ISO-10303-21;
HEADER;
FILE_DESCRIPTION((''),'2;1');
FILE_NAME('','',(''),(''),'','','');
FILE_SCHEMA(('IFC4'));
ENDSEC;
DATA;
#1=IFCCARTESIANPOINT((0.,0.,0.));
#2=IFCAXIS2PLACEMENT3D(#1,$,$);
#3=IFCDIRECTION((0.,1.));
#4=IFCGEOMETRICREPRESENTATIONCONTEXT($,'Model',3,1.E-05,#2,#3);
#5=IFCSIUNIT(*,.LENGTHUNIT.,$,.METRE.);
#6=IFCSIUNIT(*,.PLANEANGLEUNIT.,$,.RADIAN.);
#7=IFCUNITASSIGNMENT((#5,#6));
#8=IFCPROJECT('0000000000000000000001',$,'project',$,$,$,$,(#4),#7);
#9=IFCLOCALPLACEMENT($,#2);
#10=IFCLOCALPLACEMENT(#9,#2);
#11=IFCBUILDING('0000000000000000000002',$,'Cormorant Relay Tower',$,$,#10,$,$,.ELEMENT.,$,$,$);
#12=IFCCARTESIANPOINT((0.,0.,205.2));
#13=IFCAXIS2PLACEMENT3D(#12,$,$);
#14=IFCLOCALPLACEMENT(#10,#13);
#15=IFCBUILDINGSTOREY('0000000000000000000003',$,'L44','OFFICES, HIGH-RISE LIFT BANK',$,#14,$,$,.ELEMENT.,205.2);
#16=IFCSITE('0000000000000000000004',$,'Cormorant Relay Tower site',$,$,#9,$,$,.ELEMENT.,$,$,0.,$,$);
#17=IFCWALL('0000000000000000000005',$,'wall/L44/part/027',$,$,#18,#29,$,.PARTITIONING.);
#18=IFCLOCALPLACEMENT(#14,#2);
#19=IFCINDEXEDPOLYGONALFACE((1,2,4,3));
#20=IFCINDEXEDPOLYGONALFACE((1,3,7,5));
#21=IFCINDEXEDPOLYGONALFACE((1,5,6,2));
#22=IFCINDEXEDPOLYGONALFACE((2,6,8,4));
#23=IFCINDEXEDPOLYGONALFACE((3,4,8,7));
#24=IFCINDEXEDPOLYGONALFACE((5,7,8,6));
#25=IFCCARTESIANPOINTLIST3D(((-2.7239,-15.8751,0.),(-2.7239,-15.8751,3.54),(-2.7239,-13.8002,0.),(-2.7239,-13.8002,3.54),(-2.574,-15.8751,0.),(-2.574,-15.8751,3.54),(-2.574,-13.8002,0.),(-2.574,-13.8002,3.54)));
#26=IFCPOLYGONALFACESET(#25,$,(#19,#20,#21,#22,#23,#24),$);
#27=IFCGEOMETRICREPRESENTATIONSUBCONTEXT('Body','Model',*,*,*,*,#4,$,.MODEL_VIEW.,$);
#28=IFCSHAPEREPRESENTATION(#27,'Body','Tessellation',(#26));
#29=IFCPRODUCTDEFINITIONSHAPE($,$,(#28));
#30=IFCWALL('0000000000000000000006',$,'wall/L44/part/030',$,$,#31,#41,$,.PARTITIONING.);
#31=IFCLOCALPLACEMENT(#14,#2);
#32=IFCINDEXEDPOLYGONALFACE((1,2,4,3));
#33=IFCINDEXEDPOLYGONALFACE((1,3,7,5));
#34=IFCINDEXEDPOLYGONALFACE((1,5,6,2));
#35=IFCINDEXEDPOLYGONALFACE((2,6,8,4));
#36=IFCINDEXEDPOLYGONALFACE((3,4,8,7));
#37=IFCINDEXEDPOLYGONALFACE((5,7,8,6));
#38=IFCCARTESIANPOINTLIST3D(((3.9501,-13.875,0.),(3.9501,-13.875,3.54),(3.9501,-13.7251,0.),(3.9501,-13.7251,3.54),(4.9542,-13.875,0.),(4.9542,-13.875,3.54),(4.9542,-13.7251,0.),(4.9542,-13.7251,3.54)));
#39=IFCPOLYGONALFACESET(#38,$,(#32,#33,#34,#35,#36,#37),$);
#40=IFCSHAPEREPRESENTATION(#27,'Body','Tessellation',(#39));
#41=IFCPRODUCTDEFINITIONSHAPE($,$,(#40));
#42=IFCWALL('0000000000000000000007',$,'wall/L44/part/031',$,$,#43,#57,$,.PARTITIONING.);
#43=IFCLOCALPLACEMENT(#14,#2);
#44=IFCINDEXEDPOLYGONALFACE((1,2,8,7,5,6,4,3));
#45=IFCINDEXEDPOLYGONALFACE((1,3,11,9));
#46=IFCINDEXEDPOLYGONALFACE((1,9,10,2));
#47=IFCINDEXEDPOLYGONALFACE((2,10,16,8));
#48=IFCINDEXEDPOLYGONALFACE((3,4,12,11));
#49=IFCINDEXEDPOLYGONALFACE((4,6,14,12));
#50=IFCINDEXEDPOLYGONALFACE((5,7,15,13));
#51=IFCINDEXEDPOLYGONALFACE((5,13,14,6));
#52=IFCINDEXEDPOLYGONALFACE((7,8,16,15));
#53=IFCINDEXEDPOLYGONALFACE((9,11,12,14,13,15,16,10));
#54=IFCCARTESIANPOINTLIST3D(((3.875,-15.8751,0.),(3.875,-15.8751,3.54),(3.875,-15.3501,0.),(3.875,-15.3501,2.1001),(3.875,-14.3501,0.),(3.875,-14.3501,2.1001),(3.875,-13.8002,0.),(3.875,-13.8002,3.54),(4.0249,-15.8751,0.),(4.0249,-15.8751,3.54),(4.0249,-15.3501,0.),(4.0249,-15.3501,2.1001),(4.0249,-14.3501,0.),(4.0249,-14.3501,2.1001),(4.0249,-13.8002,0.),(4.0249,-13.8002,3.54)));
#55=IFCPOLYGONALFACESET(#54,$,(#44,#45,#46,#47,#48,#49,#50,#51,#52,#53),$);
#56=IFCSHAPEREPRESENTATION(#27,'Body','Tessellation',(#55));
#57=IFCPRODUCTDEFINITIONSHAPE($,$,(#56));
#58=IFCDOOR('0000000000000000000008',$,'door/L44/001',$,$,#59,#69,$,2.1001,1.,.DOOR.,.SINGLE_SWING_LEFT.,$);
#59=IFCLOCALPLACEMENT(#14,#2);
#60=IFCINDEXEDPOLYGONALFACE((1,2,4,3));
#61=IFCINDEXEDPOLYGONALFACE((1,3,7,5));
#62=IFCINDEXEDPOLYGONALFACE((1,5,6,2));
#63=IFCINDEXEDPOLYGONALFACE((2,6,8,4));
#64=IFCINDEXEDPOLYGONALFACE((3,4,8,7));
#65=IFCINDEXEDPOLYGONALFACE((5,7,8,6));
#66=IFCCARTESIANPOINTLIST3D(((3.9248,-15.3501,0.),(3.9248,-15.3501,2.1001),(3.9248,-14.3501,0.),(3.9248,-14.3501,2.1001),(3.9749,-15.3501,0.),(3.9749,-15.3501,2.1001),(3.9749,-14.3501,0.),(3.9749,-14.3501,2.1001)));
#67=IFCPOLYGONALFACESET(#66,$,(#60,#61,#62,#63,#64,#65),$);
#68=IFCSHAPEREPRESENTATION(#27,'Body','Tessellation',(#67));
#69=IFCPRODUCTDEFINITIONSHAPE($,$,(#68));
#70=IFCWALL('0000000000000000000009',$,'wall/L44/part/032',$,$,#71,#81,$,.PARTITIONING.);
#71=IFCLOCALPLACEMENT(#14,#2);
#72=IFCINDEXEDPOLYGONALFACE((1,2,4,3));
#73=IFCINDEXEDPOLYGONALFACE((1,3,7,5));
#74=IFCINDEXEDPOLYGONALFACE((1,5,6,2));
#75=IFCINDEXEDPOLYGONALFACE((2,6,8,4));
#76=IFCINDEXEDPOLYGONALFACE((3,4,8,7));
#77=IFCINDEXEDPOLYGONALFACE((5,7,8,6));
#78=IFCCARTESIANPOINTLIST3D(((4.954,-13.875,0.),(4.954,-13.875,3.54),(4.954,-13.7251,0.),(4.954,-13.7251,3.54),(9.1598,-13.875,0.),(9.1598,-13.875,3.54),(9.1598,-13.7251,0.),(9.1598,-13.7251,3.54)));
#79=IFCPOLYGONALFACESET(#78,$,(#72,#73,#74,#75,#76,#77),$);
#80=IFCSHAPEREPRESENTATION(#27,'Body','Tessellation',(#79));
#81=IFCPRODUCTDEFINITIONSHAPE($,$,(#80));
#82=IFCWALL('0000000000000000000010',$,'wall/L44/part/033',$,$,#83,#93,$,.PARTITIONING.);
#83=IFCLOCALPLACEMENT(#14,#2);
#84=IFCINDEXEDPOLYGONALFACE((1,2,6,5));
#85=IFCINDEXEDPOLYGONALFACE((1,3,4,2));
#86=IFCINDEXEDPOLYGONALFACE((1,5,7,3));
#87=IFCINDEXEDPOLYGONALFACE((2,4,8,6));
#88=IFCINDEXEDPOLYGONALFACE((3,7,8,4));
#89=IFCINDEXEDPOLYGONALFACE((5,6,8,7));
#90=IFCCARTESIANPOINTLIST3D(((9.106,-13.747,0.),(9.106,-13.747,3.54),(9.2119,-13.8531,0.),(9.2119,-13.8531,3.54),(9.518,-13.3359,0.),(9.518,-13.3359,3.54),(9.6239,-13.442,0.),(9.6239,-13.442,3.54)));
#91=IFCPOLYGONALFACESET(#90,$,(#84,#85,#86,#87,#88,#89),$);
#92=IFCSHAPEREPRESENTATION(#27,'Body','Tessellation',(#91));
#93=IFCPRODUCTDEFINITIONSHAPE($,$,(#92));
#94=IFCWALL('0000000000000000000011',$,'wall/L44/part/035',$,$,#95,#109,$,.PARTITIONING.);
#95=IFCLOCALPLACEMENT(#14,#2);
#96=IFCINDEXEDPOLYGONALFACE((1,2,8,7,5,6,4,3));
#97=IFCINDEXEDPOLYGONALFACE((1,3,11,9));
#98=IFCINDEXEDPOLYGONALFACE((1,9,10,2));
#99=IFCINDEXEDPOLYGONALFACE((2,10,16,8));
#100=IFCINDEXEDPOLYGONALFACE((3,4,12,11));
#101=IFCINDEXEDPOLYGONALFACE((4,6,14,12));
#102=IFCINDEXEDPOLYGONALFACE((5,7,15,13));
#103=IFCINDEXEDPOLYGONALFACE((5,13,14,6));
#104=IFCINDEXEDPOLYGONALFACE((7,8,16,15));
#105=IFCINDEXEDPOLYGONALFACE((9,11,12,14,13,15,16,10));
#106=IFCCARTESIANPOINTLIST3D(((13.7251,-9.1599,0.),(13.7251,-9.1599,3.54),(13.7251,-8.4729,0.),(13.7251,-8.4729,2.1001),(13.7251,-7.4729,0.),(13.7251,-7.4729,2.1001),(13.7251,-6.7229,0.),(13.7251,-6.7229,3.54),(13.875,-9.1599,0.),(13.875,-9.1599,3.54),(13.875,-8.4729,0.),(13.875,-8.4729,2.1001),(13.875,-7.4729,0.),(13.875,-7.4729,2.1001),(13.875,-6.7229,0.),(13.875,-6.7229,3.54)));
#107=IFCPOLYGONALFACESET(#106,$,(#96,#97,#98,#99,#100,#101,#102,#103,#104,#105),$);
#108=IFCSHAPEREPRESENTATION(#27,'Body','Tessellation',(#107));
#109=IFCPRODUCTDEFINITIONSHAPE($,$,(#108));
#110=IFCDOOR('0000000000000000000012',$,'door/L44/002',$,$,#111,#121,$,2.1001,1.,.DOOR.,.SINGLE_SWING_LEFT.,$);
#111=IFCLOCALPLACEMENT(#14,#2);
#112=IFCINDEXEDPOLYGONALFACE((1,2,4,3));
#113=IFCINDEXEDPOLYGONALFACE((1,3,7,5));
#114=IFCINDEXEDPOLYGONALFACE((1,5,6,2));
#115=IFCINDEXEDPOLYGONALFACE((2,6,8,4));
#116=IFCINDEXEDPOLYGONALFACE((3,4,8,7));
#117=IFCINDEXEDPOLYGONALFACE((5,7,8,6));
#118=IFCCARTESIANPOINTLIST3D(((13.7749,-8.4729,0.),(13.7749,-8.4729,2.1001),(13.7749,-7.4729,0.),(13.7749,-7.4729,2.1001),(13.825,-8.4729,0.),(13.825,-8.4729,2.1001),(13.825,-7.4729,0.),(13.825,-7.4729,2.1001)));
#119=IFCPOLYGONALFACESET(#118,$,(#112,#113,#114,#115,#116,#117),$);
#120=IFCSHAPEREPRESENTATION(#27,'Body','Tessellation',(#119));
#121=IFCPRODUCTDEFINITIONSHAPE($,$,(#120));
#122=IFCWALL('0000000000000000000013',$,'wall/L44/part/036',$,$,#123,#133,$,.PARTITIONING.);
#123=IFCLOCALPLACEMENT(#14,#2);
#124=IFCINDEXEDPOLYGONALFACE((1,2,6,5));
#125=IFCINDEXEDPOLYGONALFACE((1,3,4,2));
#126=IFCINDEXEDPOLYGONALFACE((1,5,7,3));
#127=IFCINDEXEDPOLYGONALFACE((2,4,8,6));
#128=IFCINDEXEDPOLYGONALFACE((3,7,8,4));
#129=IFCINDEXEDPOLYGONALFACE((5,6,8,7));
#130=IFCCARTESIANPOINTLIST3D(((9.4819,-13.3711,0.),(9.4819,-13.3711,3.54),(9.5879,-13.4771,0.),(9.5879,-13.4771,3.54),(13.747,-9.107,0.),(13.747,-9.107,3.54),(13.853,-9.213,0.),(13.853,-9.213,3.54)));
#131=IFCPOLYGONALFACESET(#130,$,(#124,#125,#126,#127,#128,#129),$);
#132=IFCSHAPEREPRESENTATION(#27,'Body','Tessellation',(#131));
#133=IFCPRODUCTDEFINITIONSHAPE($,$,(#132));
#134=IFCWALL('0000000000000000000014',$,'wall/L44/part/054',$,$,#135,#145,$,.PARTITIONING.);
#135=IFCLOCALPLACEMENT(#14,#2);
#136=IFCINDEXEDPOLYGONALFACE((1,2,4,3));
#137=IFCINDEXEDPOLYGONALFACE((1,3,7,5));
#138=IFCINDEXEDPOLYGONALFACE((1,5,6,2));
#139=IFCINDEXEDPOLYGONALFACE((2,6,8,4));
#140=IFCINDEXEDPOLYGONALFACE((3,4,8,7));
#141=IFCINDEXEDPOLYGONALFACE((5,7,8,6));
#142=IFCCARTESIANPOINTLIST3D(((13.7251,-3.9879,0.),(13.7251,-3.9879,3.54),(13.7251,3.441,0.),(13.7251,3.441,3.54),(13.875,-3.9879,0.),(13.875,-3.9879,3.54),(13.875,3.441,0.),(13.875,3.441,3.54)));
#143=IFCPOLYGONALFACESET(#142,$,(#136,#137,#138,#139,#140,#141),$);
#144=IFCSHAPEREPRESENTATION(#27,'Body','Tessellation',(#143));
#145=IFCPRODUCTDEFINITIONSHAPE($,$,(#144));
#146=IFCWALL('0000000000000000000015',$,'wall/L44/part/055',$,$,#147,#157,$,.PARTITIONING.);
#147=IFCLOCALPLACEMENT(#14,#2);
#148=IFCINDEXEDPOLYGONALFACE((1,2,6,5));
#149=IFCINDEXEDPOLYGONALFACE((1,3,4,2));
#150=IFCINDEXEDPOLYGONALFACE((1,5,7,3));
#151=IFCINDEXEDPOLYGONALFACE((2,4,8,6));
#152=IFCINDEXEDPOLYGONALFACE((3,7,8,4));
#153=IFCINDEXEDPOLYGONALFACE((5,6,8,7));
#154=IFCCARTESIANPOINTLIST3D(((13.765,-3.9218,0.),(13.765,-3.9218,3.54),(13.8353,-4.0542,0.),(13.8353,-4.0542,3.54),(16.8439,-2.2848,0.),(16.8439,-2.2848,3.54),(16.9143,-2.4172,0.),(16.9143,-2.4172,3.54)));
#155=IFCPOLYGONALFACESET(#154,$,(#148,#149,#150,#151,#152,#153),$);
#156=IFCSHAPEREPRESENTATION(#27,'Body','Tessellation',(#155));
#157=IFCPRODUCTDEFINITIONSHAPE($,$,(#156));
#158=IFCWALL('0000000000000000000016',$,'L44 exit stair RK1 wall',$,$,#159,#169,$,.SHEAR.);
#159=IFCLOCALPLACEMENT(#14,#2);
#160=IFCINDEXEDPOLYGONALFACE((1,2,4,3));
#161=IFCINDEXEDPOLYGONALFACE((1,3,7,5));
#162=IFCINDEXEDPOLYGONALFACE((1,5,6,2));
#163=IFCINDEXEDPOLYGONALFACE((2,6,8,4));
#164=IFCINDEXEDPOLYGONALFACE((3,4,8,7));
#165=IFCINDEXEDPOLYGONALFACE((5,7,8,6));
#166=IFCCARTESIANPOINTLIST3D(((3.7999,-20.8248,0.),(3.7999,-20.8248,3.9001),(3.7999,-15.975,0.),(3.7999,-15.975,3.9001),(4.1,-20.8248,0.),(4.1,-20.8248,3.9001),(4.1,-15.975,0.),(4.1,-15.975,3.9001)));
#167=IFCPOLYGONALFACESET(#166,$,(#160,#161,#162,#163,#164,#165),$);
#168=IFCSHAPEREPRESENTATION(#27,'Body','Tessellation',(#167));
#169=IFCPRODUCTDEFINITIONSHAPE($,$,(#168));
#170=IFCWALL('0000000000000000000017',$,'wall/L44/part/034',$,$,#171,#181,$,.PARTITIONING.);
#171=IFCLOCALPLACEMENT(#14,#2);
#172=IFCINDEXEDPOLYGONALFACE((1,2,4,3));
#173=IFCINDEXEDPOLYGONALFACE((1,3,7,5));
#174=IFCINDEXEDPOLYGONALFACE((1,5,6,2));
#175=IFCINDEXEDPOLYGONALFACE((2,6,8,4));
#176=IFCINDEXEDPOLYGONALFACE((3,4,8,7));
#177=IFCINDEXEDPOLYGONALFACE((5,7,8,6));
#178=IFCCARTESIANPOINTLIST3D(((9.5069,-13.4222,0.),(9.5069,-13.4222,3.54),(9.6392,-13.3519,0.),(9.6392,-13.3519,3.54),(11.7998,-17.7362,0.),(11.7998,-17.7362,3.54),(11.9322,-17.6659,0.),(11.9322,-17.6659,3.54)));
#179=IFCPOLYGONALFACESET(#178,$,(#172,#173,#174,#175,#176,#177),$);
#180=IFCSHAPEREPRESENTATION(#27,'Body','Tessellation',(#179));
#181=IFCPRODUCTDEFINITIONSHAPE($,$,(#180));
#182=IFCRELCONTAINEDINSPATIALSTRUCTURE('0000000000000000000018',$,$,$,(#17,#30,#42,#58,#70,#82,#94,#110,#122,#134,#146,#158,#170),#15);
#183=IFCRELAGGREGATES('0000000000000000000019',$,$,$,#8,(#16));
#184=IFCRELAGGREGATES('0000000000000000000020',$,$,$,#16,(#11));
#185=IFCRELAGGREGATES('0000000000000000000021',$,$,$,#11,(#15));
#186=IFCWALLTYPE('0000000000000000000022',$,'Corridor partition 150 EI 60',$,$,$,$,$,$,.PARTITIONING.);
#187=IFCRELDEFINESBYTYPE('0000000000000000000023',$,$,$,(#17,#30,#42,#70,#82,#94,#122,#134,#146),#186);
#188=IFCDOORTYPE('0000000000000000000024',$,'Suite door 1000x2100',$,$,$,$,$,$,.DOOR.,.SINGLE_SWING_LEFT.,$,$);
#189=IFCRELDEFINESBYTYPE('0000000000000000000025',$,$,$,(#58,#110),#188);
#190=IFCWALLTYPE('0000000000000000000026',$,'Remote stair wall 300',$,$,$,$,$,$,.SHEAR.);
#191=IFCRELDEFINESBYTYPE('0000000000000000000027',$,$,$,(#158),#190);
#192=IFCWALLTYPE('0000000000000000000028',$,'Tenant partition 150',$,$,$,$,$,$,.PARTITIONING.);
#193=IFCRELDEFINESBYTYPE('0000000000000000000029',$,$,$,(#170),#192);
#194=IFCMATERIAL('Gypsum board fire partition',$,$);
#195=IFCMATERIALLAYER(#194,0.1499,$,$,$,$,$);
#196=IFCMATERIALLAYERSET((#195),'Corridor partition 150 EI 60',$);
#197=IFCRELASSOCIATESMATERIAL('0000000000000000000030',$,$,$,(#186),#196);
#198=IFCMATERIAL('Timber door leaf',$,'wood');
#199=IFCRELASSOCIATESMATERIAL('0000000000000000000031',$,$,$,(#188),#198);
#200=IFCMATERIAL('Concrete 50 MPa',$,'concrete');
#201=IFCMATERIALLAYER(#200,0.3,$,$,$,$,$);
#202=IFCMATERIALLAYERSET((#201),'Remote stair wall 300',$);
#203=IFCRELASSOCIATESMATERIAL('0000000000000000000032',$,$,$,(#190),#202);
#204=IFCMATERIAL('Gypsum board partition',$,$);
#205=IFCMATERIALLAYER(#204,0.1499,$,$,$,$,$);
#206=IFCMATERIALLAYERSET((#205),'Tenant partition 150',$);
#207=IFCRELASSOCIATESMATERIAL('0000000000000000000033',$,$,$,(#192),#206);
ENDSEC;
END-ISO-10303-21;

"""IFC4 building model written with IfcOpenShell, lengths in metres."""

from ifc_helpers import new_model, si_unit, direction, frame, frame_2d, origin, place, context, subcontext, project, spatial, rectangle, extrude, material, layer, layer_set, type_object, element, fill, save


model = new_model("IFC4")

# Units and contexts
model_context = context("Model", 3, precision=1e-05, world=origin(), true_north=direction((0.0, 1.0)))
body_context = subcontext(model_context, "Body", "Model", "MODEL_VIEW")
ifc_project = project(units=[si_unit("LENGTHUNIT", "METRE"), si_unit("PLANEANGLEUNIT", "RADIAN")], contexts=[model_context])

# Site, building, storey
site_placement = place(None, origin())
site = spatial("IfcSite", under=ifc_project, at=site_placement, Name="Cormorant Relay Tower site", CompositionType="ELEMENT", RefElevation=0.0)
building_placement = place(site_placement, origin())
building = spatial("IfcBuilding", under=site, at=building_placement, Name="Cormorant Relay Tower", CompositionType="ELEMENT")
storey_placement = place(building_placement, frame((0.0, 0.0, 205.2)))
storey = spatial("IfcBuildingStorey", under=building, at=storey_placement, Name="L44", Description="OFFICES, HIGH-RISE LIFT BANK", CompositionType="ELEMENT", Elevation=205.2)

# Shared definitions
ifc_material_1 = material(Name="Gypsum board fire partition")
ifc_layer_1 = layer(ifc_material_1, 0.1499)
ifc_layer_set_1 = layer_set([ifc_layer_1], Name="Corridor partition 150 EI 60")
wall_type_1 = type_object("IfcWallType", Name="Corridor partition 150 EI 60", PredefinedType="PARTITIONING", material=ifc_layer_set_1)
ifc_material_2 = material(Name="Timber door leaf", Category="wood")
door_type = type_object("IfcDoorType", Name="Suite door 1000x2100", OperationType="SINGLE_SWING_LEFT", PredefinedType="DOOR", material=ifc_material_2)

# Walls
wall_1_placement = place(storey_placement, frame((-2.6489, -13.8, 0.0), z_axis=(0.0, 0.0, 1.0), x_axis=(0.0, -1.0, 0.0)))
element("IfcWall", 1, at=wall_1_placement, inside=storey, type_object=wall_type_1, Name="wall/L44/part/027", PredefinedType="PARTITIONING", context=body_context, shape_type="SweptSolid", body=[
    extrude(rectangle(XDim=2.075, YDim=0.1499, at=frame_2d((1.0376, 0.0))), origin(), (0.0, 0.0, 1.0), 3.54),
])
wall_2_placement = place(storey_placement, frame((4.9541, -13.8, 0.0), z_axis=(0.0, 0.0, 1.0), x_axis=(-1.0, 0.0, 0.0)))
element("IfcWall", 2, at=wall_2_placement, inside=storey, type_object=wall_type_1, Name="wall/L44/part/030", PredefinedType="PARTITIONING", context=body_context, shape_type="SweptSolid", body=[
    extrude(rectangle(XDim=1.0042, YDim=0.1499, at=frame_2d((0.502, 0.0))), origin(), (0.0, 0.0, 1.0), 3.54),
])

# Wall, opening, door
wall_3_placement = place(storey_placement, frame((3.95, -13.8, 0.0), z_axis=(0.0, 0.0, 1.0), x_axis=(0.0, -1.0, 0.0)))
wall_3 = element("IfcWall", 3, at=wall_3_placement, inside=storey, type_object=wall_type_1, Name="wall/L44/part/031", PredefinedType="PARTITIONING", context=body_context, shape_type="SweptSolid", body=[
    extrude(rectangle(XDim=2.075, YDim=0.1499, at=frame_2d((1.0376, 0.0))), origin(), (0.0, 0.0, 1.0), 3.54),
])
opening_1_placement = place(wall_3_placement, frame((0.55, 0.0, 0.0)))
opening_1 = element("IfcOpeningElement", 4, at=opening_1_placement, cuts=wall_3, PredefinedType="OPENING", context=body_context, shape_type="SweptSolid", body=[
    extrude(rectangle(XDim=1.0, YDim=2.1001, at=frame_2d((0.5, 1.05))), frame((0.0, 0.085, 0.0), z_axis=(0.0, -1.0, 0.0), x_axis=(1.0, 0.0, 0.0)), (0.0, 0.0, 1.0), 0.1699),
])
door_1_placement = place(opening_1_placement, origin())
door_1 = element("IfcDoor", 5, at=door_1_placement, inside=storey, type_object=door_type, Name="door/L44/001", OperationType="SINGLE_SWING_LEFT", OverallHeight=2.1001, OverallWidth=1.0, PredefinedType="DOOR", context=body_context, shape_type="SweptSolid", body=[
    extrude(rectangle(XDim=1.0, YDim=2.1001, at=frame_2d((0.5, 1.05))), frame((0.0, 0.0249, 0.0), z_axis=(0.0, -1.0, 0.0), x_axis=(1.0, 0.0, 0.0)), (0.0, 0.0, 1.0), 0.05),
])
fill(opening_1, door_1)

# Walls
wall_4_placement = place(storey_placement, frame((9.1599, -13.8, 0.0), z_axis=(0.0, 0.0, 1.0), x_axis=(-1.0, 0.0, 0.0)))
element("IfcWall", 6, at=wall_4_placement, inside=storey, type_object=wall_type_1, Name="wall/L44/part/032", PredefinedType="PARTITIONING", context=body_context, shape_type="SweptSolid", body=[
    extrude(rectangle(XDim=4.2058, YDim=0.1499, at=frame_2d((2.103, 0.0))), origin(), (0.0, 0.0, 1.0), 3.54),
])
wall_5_placement = place(storey_placement, frame((9.1589, -13.8, 0.0), z_axis=(0.0, 0.0, 1.0), x_axis=(0.707945, 0.706267, 0.0)))
element("IfcWall", 7, at=wall_5_placement, inside=storey, type_object=wall_type_1, Name="wall/L44/part/033", PredefinedType="PARTITIONING", context=body_context, shape_type="SweptSolid", body=[
    extrude(rectangle(XDim=0.582, YDim=0.1499, at=frame_2d((0.291, 0.0))), origin(), (0.0, 0.0, 1.0), 3.54),
])

# Wall, opening, door
wall_6_placement = place(storey_placement, frame((13.8, -6.7229, 0.0), z_axis=(0.0, 0.0, 1.0), x_axis=(0.0, -1.0, 0.0)))
wall_6 = element("IfcWall", 8, at=wall_6_placement, inside=storey, type_object=wall_type_1, Name="wall/L44/part/035", PredefinedType="PARTITIONING", context=body_context, shape_type="SweptSolid", body=[
    extrude(rectangle(XDim=2.437, YDim=0.1499, at=frame_2d((1.2185, 0.0))), origin(), (0.0, 0.0, 1.0), 3.54),
])
opening_2_placement = place(wall_6_placement, frame((0.75, 0.0, 0.0)))
opening_2 = element("IfcOpeningElement", 9, at=opening_2_placement, cuts=wall_6, PredefinedType="OPENING", context=body_context, shape_type="SweptSolid", body=[
    extrude(rectangle(XDim=1.0, YDim=2.1001, at=frame_2d((0.5, 1.05))), frame((0.0, 0.085, 0.0), z_axis=(0.0, -1.0, 0.0), x_axis=(1.0, 0.0, 0.0)), (0.0, 0.0, 1.0), 0.1699),
])
door_2_placement = place(opening_2_placement, origin())
door_2 = element("IfcDoor", 10, at=door_2_placement, inside=storey, type_object=door_type, Name="door/L44/002", OperationType="SINGLE_SWING_LEFT", OverallHeight=2.1001, OverallWidth=1.0, PredefinedType="DOOR", context=body_context, shape_type="SweptSolid", body=[
    extrude(rectangle(XDim=1.0, YDim=2.1001, at=frame_2d((0.5, 1.05))), frame((0.0, 0.0249, 0.0), z_axis=(0.0, -1.0, 0.0), x_axis=(1.0, 0.0, 0.0)), (0.0, 0.0, 1.0), 0.05),
])
fill(opening_2, door_2)

# Walls
wall_7_placement = place(storey_placement, frame((13.8, -9.1599, 0.0), z_axis=(0.0, 0.0, 1.0), x_axis=(-0.707188, -0.707026, 0.0)))
element("IfcWall", 11, at=wall_7_placement, inside=storey, type_object=wall_type_1, Name="wall/L44/part/036", PredefinedType="PARTITIONING", context=body_context, shape_type="SweptSolid", body=[
    extrude(rectangle(XDim=6.031, YDim=0.1499, at=frame_2d((3.0156, 0.0))), origin(), (0.0, 0.0, 1.0), 3.54),
])
wall_8_placement = place(storey_placement, frame((13.8, 3.4409, 0.0), z_axis=(0.0, 0.0, 1.0), x_axis=(0.0, -1.0, 0.0)))
element("IfcWall", 12, at=wall_8_placement, inside=storey, type_object=wall_type_1, Name="wall/L44/part/054", PredefinedType="PARTITIONING", context=body_context, shape_type="SweptSolid", body=[
    extrude(rectangle(XDim=7.429, YDim=0.1499, at=frame_2d((3.7144, 0.0))), origin(), (0.0, 0.0, 1.0), 3.54),
])
wall_9_placement = place(storey_placement, frame((13.8, -3.988, 0.0), z_axis=(0.0, 0.0, 1.0), x_axis=(0.882959, 0.46945, 0.0)))
element("IfcWall", 13, at=wall_9_placement, inside=storey, type_object=wall_type_1, Name="wall/L44/part/055", PredefinedType="PARTITIONING", context=body_context, shape_type="SweptSolid", body=[
    extrude(rectangle(XDim=3.4871, YDim=0.1499, at=frame_2d((1.7437, 0.0))), origin(), (0.0, 0.0, 1.0), 3.54),
])
ifc_material_3 = material(Name="Concrete 50 MPa", Category="concrete")
ifc_layer_2 = layer(ifc_material_3, 0.3)
ifc_layer_set_2 = layer_set([ifc_layer_2], Name="Remote stair wall 300")
wall_type_2 = type_object("IfcWallType", Name="Remote stair wall 300", PredefinedType="SHEAR", material=ifc_layer_set_2)
wall_10_placement = place(storey_placement, frame((3.95, -15.9751, 0.0), z_axis=(0.0, 0.0, 1.0), x_axis=(0.0, -1.0, 0.0)))
element("IfcWall", 14, at=wall_10_placement, inside=storey, type_object=wall_type_2, Name="L44 exit stair RK1 wall", PredefinedType="SHEAR", context=body_context, shape_type="SweptSolid", body=[
    extrude(rectangle(XDim=4.8499, YDim=0.3, at=frame_2d((2.4248, 0.0))), origin(), (0.0, 0.0, 1.0), 3.9001),
])
ifc_material_4 = material(Name="Gypsum board partition")
ifc_layer_3 = layer(ifc_material_4, 0.1499)
ifc_layer_set_3 = layer_set([ifc_layer_3], Name="Tenant partition 150")
wall_type_3 = type_object("IfcWallType", Name="Tenant partition 150", PredefinedType="PARTITIONING", material=ifc_layer_set_3)
wall_11_placement = place(storey_placement, frame((9.573, -13.387, 0.0), z_axis=(0.0, 0.0, 1.0), x_axis=(0.469343, -0.883016, 0.0)))
element("IfcWall", 15, at=wall_11_placement, inside=storey, type_object=wall_type_3, Name="wall/L44/part/034", PredefinedType="PARTITIONING", context=body_context, shape_type="SweptSolid", body=[
    extrude(rectangle(XDim=4.8855, YDim=0.1499, at=frame_2d((2.4429, 0.0))), origin(), (0.0, 0.0, 1.0), 3.54),
])

save(model, "model.ifc")
